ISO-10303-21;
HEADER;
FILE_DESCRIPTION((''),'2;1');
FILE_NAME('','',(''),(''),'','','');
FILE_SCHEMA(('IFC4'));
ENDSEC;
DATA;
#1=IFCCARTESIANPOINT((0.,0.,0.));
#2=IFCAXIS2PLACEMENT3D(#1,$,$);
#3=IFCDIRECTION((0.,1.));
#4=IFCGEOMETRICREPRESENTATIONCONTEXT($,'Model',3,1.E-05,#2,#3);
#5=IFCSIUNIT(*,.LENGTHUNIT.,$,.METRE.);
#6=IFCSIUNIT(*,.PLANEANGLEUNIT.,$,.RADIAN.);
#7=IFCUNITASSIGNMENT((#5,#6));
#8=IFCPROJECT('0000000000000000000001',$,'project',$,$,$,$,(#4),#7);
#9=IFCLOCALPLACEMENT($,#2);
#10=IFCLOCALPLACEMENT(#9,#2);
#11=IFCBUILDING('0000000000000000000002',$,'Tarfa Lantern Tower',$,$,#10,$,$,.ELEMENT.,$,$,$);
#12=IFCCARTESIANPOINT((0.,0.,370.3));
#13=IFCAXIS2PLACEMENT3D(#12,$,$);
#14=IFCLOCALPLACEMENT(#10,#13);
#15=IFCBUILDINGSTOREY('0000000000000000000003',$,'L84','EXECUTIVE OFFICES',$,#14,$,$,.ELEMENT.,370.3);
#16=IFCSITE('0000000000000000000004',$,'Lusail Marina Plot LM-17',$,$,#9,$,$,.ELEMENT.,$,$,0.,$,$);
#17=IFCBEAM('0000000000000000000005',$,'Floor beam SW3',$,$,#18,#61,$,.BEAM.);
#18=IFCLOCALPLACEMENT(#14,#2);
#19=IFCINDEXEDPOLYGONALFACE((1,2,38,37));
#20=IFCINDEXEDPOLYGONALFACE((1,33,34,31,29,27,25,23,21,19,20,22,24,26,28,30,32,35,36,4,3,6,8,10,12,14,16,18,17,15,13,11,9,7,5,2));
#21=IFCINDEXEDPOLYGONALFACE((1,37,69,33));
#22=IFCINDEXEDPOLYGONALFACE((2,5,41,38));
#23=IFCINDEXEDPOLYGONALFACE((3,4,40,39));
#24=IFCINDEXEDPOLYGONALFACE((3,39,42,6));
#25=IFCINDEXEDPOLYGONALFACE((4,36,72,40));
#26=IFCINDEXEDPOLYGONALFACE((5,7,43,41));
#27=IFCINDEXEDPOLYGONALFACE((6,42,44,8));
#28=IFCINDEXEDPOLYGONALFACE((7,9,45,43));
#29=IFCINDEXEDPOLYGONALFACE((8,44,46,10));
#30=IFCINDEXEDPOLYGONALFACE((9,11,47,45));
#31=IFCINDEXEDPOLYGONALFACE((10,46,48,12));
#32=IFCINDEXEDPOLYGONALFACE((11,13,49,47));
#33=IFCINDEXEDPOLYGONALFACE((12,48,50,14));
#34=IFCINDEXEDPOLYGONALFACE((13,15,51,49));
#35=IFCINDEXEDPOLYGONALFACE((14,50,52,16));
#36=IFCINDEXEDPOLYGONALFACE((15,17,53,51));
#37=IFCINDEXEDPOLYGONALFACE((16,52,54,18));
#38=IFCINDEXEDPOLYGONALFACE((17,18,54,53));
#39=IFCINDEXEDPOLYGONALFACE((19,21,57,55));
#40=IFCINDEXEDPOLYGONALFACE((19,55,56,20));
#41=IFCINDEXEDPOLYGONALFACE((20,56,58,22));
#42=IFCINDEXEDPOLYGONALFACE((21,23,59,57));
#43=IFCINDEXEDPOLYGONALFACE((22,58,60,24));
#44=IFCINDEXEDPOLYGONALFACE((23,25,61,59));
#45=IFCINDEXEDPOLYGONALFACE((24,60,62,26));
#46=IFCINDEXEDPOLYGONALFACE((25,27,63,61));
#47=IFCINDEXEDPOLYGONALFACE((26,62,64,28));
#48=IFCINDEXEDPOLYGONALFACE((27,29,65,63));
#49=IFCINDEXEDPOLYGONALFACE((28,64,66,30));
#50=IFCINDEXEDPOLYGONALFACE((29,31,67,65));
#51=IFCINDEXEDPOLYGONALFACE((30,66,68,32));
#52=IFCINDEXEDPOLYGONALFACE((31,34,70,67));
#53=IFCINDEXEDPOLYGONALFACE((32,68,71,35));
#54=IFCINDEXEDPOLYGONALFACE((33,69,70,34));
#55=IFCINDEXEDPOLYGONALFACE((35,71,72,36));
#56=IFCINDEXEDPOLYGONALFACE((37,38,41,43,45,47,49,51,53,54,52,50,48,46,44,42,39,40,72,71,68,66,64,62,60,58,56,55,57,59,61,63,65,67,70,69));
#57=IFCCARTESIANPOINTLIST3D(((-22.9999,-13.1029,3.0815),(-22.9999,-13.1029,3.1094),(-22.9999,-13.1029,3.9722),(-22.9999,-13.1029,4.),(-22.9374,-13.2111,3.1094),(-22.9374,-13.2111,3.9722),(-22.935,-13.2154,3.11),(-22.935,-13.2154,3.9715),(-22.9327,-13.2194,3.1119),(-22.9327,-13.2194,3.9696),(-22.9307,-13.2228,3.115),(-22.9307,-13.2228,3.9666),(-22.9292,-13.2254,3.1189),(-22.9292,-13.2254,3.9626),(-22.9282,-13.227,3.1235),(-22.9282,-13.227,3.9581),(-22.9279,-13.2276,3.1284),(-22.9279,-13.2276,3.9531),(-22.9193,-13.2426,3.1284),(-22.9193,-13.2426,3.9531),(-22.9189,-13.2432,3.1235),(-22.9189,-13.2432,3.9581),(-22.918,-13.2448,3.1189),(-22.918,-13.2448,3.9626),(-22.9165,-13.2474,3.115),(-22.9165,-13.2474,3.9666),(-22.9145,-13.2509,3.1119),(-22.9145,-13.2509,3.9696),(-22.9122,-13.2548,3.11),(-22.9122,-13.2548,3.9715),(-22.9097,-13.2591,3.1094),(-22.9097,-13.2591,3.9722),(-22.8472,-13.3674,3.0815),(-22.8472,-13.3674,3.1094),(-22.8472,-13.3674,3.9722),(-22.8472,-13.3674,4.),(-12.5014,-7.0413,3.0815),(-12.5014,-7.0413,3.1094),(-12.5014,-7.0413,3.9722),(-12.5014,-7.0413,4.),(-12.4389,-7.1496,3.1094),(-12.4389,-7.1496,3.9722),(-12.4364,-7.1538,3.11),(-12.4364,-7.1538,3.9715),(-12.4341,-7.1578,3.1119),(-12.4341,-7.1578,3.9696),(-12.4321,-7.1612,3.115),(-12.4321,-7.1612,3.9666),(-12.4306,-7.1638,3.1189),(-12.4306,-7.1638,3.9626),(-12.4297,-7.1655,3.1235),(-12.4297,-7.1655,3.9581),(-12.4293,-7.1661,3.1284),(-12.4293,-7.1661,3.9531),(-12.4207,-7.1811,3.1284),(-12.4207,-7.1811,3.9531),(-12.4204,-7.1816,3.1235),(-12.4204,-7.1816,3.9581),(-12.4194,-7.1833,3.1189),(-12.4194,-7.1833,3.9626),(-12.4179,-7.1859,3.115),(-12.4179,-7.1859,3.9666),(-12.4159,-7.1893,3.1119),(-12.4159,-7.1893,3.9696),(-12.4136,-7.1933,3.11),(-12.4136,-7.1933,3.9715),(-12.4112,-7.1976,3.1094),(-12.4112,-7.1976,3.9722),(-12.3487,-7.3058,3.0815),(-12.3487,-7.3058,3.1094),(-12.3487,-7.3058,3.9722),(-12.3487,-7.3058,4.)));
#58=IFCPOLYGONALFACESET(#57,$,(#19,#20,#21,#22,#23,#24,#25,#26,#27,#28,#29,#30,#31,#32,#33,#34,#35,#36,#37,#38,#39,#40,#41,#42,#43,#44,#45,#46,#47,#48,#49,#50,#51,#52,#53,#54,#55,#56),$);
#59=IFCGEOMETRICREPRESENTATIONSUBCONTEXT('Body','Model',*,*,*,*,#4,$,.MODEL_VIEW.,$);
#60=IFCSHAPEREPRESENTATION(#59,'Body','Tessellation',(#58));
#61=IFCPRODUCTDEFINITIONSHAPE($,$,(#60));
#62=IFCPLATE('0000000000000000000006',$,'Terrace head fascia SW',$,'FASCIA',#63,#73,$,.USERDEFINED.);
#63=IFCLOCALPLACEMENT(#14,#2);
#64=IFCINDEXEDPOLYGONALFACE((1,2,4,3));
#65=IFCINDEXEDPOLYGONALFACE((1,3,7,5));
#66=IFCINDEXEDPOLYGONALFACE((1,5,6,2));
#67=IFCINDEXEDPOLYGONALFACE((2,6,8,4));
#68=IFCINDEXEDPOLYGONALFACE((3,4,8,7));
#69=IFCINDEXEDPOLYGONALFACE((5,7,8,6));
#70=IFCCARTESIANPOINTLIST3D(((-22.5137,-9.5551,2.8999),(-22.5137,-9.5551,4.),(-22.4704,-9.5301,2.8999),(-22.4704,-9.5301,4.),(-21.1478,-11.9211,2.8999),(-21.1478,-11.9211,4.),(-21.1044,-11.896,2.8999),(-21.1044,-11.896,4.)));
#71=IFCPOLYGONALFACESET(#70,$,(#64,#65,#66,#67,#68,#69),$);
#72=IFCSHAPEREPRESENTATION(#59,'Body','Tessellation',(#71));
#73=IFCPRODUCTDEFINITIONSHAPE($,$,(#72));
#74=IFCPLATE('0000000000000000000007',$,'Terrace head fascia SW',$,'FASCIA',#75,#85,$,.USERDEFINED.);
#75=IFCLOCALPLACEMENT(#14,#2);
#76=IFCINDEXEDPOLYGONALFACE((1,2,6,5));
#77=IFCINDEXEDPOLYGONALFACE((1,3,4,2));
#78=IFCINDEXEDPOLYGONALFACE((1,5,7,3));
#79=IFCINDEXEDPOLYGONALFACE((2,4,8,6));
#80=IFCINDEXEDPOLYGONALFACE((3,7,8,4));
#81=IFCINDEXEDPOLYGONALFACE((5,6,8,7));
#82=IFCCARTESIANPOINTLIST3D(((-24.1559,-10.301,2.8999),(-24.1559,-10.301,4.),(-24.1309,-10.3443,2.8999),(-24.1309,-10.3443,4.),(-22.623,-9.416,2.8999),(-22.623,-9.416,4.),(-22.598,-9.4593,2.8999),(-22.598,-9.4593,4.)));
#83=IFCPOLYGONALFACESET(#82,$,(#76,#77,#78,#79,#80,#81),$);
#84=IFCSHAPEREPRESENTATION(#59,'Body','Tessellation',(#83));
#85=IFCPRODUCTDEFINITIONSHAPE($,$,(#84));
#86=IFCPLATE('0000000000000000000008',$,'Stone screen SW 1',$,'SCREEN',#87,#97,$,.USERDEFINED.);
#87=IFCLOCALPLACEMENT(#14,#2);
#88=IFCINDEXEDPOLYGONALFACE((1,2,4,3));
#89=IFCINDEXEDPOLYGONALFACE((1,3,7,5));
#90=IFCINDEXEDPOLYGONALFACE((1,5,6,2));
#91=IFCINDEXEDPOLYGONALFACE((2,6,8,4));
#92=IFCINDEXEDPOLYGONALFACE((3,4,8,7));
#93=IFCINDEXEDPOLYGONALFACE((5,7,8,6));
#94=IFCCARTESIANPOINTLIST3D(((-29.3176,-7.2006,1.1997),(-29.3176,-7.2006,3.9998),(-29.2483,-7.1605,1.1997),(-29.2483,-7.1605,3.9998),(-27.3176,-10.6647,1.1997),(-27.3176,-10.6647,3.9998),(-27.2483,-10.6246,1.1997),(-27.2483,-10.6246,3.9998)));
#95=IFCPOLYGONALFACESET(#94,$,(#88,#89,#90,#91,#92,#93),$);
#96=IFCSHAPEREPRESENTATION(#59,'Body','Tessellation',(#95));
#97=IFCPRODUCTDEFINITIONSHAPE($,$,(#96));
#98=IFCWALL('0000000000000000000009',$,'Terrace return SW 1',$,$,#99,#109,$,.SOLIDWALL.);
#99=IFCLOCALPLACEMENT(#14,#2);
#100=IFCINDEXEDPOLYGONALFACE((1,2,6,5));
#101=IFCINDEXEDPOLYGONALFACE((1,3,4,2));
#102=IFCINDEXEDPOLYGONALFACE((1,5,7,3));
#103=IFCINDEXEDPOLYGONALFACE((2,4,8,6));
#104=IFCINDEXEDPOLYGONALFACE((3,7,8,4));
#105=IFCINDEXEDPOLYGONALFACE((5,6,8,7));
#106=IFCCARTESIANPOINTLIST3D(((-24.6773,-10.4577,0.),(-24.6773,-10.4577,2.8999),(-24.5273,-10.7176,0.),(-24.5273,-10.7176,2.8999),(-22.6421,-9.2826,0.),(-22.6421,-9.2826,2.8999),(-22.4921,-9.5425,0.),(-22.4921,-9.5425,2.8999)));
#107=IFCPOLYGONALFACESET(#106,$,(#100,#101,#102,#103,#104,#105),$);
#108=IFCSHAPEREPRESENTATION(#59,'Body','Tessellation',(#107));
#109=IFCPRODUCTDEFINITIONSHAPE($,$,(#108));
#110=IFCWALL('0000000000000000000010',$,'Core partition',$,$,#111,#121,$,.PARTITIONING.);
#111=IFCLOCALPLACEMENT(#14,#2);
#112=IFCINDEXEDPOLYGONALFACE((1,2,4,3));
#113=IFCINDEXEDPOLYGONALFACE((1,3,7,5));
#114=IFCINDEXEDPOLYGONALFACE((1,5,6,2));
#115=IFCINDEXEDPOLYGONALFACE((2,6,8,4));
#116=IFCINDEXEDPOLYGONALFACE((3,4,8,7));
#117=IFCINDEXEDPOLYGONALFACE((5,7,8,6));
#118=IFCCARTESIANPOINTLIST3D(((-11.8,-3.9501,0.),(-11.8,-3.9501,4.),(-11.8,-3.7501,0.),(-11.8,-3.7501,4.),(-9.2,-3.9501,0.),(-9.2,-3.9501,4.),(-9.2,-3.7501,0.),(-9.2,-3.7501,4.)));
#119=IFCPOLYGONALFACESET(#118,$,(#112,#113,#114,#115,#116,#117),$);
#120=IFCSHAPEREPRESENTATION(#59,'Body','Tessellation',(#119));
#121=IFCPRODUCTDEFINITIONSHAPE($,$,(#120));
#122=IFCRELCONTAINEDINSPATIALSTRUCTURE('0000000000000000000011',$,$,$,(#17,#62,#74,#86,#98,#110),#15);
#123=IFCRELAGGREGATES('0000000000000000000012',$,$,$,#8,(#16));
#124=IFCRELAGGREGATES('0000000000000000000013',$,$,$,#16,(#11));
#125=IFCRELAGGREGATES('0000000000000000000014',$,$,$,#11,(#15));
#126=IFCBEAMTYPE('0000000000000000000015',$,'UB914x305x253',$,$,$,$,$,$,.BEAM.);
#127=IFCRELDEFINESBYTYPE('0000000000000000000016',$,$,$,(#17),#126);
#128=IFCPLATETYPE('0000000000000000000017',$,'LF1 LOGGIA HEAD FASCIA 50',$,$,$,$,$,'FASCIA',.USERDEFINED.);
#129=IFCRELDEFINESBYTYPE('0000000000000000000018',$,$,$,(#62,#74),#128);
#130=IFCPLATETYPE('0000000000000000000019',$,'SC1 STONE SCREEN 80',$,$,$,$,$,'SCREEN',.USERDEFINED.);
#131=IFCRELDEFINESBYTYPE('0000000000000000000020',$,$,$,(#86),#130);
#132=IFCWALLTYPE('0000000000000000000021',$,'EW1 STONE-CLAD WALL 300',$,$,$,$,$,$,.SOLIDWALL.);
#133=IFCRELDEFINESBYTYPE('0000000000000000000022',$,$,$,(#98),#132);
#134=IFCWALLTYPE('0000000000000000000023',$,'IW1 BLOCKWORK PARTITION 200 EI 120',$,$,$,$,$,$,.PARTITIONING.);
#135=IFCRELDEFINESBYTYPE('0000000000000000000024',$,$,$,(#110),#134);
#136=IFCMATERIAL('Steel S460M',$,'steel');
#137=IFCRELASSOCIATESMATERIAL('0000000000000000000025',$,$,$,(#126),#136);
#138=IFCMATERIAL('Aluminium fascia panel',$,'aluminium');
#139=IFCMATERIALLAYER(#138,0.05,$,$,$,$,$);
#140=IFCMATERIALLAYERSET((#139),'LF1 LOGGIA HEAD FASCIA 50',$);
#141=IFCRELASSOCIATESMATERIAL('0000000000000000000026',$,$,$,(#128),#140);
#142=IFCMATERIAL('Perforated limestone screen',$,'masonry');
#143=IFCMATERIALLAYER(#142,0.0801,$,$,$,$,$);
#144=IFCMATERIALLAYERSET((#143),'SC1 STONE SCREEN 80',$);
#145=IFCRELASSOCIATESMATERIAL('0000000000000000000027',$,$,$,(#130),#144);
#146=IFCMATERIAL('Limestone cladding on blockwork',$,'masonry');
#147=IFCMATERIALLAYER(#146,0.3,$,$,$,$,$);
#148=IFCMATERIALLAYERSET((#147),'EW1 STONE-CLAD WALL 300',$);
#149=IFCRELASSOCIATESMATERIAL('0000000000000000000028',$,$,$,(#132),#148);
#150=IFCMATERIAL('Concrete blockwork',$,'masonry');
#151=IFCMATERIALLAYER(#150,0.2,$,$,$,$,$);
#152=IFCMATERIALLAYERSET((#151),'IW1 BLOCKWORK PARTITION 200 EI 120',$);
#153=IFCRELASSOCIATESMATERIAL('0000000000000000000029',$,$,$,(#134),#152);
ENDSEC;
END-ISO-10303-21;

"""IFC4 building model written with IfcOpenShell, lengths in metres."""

from ifc_helpers import new_model, si_unit, direction, frame, frame_2d, origin, origin_2d, place, context, subcontext, project, spatial, rectangle, i_section, extrude, material, layer, layer_set, material_profile, profile_set, type_object, element, save


model = new_model("IFC4")

# Units and contexts
model_context = context("Model", 3, precision=1e-05, world=origin(), true_north=direction((0.0, 1.0)))
body_context = subcontext(model_context, "Body", "Model", "MODEL_VIEW")
ifc_project = project(units=[si_unit("LENGTHUNIT", "METRE"), si_unit("PLANEANGLEUNIT", "RADIAN")], contexts=[model_context])

# Site, building, storey
site_placement = place(None, origin())
site = spatial("IfcSite", under=ifc_project, at=site_placement, Name="Lusail Marina Plot LM-17", CompositionType="ELEMENT", RefElevation=0.0)
building_placement = place(site_placement, origin())
building = spatial("IfcBuilding", under=site, at=building_placement, Name="Tarfa Lantern Tower", CompositionType="ELEMENT")
storey_placement = place(building_placement, frame((0.0, 0.0, 370.3)))
storey = spatial("IfcBuildingStorey", under=building, at=storey_placement, Name="L84", Description="EXECUTIVE OFFICES", CompositionType="ELEMENT", Elevation=370.3)

# Beam
ifc_material_1 = material(Name="Steel S460M", Category="steel")
ifc_material_profile_1 = material_profile(ifc_material_1, i_section(OverallWidth=0.3054, OverallDepth=0.9185, WebThickness=0.0173, FlangeThickness=0.0278, FilletRadius=0.019, at=origin_2d()), Name="UB914x305x253")
ifc_profile_set_1 = profile_set([ifc_material_profile_1], Name="Steel S460M")
beam_type_1 = type_object("IfcBeamType", Name="UB914x305x253", PredefinedType="BEAM", material=ifc_profile_set_1)
beam_1_placement = place(storey_placement, frame((-22.9236, -13.2351, 3.5408), z_axis=(0.866019, 0.500012, 0.0), x_axis=(-0.500012, 0.866019, 0.0)))
element("IfcBeam", 1, at=beam_1_placement, inside=storey, type_object=beam_type_1, Name="Floor beam SW3", PredefinedType="BEAM", context=body_context, shape_type="SweptSolid", body=[
    extrude(i_section(OverallWidth=0.3054, OverallDepth=0.9185, WebThickness=0.0173, FlangeThickness=0.0278, FilletRadius=0.019, at=origin_2d()), origin(), (0.0, 0.0, 1.0), 12.1228),
])

# Plates
ifc_material_2 = material(Name="Aluminium fascia panel", Category="aluminium")
ifc_layer_1 = layer(ifc_material_2, 0.05)
ifc_layer_set_1 = layer_set([ifc_layer_1], Name="LF1 LOGGIA HEAD FASCIA 50")
plate_type_1 = type_object("IfcPlateType", Name="LF1 LOGGIA HEAD FASCIA 50", ElementType="FASCIA", PredefinedType="USERDEFINED", material=ifc_layer_set_1)
plate_1_placement = place(storey_placement, frame((-21.8091, -10.7256, 2.8999), z_axis=(0.0, 0.0, 1.0), x_axis=(0.5, -0.866025, 0.0)))
element("IfcPlate", 2, at=plate_1_placement, inside=storey, type_object=plate_type_1, Name="Terrace head fascia SW", ObjectType="FASCIA", PredefinedType="USERDEFINED", context=body_context, shape_type="SweptSolid", body=[
    extrude(rectangle(XDim=2.7319, YDim=0.05, at=origin_2d()), origin(), (0.0, 0.0, 1.0), 1.1001),
])
plate_2_placement = place(storey_placement, frame((-23.377, -9.8801, 2.8999), z_axis=(0.0, 0.0, 1.0), x_axis=(0.866025, 0.5, 0.0)))
element("IfcPlate", 3, at=plate_2_placement, inside=storey, type_object=plate_type_1, Name="Terrace head fascia SW", ObjectType="FASCIA", PredefinedType="USERDEFINED", context=body_context, shape_type="SweptSolid", body=[
    extrude(rectangle(XDim=1.77, YDim=0.05, at=origin_2d()), origin(), (0.0, 0.0, 1.0), 1.1001),
])
ifc_material_3 = material(Name="Perforated limestone screen", Category="masonry")
ifc_layer_2 = layer(ifc_material_3, 0.0801)
ifc_layer_set_2 = layer_set([ifc_layer_2], Name="SC1 STONE SCREEN 80")
plate_type_2 = type_object("IfcPlateType", Name="SC1 STONE SCREEN 80", ElementType="SCREEN", PredefinedType="USERDEFINED", material=ifc_layer_set_2)
plate_3_placement = place(storey_placement, frame((-28.283, -8.9126, 1.1997), z_axis=(0.0, 0.0, 1.0), x_axis=(0.5, -0.866025, 0.0)))
element("IfcPlate", 4, at=plate_3_placement, inside=storey, type_object=plate_type_2, Name="Stone screen SW 1", ObjectType="SCREEN", PredefinedType="USERDEFINED", context=body_context, shape_type="SweptSolid", body=[
    extrude(rectangle(XDim=4.0, YDim=0.0801, at=origin_2d()), origin(), (0.0, 0.0, 1.0), 2.8),
])

# Shared definitions
ifc_material_4 = material(Name="Limestone cladding on blockwork", Category="masonry")
ifc_layer_3 = layer(ifc_material_4, 0.3)
ifc_layer_set_3 = layer_set([ifc_layer_3], Name="EW1 STONE-CLAD WALL 300")
wall_type_1 = type_object("IfcWallType", Name="EW1 STONE-CLAD WALL 300", PredefinedType="SOLIDWALL", material=ifc_layer_set_3)

# Wall
wall_1_placement = place(storey_placement, frame((-24.6023, -10.5876, 0.0), z_axis=(0.0, 0.0, 1.0), x_axis=(0.866016, 0.500016, 0.0)))
element("IfcWall", 5, at=wall_1_placement, inside=storey, type_object=wall_type_1, Name="Terrace return SW 1", PredefinedType="SOLIDWALL", context=body_context, shape_type="SweptSolid", body=[
    extrude(rectangle(XDim=2.3501, YDim=0.3, at=frame_2d((1.175, 0.0))), origin(), (0.0, 0.0, 1.0), 2.8999),
])

# Wall
ifc_material_5 = material(Name="Concrete blockwork", Category="masonry")
ifc_layer_4 = layer(ifc_material_5, 0.2)
ifc_layer_set_4 = layer_set([ifc_layer_4], Name="IW1 BLOCKWORK PARTITION 200 EI 120")
wall_type_2 = type_object("IfcWallType", Name="IW1 BLOCKWORK PARTITION 200 EI 120", PredefinedType="PARTITIONING", material=ifc_layer_set_4)
wall_2_placement = place(storey_placement, frame((-9.2, -3.8501, 0.0), z_axis=(0.0, 0.0, 1.0), x_axis=(-1.0, 0.0, 0.0)))
element("IfcWall", 6, at=wall_2_placement, inside=storey, type_object=wall_type_2, Name="Core partition", PredefinedType="PARTITIONING", context=body_context, shape_type="SweptSolid", body=[
    extrude(rectangle(XDim=2.6001, YDim=0.2, at=frame_2d((1.3, 0.0))), origin(), (0.0, 0.0, 1.0), 4.0),
])

save(model, "model.ifc")
